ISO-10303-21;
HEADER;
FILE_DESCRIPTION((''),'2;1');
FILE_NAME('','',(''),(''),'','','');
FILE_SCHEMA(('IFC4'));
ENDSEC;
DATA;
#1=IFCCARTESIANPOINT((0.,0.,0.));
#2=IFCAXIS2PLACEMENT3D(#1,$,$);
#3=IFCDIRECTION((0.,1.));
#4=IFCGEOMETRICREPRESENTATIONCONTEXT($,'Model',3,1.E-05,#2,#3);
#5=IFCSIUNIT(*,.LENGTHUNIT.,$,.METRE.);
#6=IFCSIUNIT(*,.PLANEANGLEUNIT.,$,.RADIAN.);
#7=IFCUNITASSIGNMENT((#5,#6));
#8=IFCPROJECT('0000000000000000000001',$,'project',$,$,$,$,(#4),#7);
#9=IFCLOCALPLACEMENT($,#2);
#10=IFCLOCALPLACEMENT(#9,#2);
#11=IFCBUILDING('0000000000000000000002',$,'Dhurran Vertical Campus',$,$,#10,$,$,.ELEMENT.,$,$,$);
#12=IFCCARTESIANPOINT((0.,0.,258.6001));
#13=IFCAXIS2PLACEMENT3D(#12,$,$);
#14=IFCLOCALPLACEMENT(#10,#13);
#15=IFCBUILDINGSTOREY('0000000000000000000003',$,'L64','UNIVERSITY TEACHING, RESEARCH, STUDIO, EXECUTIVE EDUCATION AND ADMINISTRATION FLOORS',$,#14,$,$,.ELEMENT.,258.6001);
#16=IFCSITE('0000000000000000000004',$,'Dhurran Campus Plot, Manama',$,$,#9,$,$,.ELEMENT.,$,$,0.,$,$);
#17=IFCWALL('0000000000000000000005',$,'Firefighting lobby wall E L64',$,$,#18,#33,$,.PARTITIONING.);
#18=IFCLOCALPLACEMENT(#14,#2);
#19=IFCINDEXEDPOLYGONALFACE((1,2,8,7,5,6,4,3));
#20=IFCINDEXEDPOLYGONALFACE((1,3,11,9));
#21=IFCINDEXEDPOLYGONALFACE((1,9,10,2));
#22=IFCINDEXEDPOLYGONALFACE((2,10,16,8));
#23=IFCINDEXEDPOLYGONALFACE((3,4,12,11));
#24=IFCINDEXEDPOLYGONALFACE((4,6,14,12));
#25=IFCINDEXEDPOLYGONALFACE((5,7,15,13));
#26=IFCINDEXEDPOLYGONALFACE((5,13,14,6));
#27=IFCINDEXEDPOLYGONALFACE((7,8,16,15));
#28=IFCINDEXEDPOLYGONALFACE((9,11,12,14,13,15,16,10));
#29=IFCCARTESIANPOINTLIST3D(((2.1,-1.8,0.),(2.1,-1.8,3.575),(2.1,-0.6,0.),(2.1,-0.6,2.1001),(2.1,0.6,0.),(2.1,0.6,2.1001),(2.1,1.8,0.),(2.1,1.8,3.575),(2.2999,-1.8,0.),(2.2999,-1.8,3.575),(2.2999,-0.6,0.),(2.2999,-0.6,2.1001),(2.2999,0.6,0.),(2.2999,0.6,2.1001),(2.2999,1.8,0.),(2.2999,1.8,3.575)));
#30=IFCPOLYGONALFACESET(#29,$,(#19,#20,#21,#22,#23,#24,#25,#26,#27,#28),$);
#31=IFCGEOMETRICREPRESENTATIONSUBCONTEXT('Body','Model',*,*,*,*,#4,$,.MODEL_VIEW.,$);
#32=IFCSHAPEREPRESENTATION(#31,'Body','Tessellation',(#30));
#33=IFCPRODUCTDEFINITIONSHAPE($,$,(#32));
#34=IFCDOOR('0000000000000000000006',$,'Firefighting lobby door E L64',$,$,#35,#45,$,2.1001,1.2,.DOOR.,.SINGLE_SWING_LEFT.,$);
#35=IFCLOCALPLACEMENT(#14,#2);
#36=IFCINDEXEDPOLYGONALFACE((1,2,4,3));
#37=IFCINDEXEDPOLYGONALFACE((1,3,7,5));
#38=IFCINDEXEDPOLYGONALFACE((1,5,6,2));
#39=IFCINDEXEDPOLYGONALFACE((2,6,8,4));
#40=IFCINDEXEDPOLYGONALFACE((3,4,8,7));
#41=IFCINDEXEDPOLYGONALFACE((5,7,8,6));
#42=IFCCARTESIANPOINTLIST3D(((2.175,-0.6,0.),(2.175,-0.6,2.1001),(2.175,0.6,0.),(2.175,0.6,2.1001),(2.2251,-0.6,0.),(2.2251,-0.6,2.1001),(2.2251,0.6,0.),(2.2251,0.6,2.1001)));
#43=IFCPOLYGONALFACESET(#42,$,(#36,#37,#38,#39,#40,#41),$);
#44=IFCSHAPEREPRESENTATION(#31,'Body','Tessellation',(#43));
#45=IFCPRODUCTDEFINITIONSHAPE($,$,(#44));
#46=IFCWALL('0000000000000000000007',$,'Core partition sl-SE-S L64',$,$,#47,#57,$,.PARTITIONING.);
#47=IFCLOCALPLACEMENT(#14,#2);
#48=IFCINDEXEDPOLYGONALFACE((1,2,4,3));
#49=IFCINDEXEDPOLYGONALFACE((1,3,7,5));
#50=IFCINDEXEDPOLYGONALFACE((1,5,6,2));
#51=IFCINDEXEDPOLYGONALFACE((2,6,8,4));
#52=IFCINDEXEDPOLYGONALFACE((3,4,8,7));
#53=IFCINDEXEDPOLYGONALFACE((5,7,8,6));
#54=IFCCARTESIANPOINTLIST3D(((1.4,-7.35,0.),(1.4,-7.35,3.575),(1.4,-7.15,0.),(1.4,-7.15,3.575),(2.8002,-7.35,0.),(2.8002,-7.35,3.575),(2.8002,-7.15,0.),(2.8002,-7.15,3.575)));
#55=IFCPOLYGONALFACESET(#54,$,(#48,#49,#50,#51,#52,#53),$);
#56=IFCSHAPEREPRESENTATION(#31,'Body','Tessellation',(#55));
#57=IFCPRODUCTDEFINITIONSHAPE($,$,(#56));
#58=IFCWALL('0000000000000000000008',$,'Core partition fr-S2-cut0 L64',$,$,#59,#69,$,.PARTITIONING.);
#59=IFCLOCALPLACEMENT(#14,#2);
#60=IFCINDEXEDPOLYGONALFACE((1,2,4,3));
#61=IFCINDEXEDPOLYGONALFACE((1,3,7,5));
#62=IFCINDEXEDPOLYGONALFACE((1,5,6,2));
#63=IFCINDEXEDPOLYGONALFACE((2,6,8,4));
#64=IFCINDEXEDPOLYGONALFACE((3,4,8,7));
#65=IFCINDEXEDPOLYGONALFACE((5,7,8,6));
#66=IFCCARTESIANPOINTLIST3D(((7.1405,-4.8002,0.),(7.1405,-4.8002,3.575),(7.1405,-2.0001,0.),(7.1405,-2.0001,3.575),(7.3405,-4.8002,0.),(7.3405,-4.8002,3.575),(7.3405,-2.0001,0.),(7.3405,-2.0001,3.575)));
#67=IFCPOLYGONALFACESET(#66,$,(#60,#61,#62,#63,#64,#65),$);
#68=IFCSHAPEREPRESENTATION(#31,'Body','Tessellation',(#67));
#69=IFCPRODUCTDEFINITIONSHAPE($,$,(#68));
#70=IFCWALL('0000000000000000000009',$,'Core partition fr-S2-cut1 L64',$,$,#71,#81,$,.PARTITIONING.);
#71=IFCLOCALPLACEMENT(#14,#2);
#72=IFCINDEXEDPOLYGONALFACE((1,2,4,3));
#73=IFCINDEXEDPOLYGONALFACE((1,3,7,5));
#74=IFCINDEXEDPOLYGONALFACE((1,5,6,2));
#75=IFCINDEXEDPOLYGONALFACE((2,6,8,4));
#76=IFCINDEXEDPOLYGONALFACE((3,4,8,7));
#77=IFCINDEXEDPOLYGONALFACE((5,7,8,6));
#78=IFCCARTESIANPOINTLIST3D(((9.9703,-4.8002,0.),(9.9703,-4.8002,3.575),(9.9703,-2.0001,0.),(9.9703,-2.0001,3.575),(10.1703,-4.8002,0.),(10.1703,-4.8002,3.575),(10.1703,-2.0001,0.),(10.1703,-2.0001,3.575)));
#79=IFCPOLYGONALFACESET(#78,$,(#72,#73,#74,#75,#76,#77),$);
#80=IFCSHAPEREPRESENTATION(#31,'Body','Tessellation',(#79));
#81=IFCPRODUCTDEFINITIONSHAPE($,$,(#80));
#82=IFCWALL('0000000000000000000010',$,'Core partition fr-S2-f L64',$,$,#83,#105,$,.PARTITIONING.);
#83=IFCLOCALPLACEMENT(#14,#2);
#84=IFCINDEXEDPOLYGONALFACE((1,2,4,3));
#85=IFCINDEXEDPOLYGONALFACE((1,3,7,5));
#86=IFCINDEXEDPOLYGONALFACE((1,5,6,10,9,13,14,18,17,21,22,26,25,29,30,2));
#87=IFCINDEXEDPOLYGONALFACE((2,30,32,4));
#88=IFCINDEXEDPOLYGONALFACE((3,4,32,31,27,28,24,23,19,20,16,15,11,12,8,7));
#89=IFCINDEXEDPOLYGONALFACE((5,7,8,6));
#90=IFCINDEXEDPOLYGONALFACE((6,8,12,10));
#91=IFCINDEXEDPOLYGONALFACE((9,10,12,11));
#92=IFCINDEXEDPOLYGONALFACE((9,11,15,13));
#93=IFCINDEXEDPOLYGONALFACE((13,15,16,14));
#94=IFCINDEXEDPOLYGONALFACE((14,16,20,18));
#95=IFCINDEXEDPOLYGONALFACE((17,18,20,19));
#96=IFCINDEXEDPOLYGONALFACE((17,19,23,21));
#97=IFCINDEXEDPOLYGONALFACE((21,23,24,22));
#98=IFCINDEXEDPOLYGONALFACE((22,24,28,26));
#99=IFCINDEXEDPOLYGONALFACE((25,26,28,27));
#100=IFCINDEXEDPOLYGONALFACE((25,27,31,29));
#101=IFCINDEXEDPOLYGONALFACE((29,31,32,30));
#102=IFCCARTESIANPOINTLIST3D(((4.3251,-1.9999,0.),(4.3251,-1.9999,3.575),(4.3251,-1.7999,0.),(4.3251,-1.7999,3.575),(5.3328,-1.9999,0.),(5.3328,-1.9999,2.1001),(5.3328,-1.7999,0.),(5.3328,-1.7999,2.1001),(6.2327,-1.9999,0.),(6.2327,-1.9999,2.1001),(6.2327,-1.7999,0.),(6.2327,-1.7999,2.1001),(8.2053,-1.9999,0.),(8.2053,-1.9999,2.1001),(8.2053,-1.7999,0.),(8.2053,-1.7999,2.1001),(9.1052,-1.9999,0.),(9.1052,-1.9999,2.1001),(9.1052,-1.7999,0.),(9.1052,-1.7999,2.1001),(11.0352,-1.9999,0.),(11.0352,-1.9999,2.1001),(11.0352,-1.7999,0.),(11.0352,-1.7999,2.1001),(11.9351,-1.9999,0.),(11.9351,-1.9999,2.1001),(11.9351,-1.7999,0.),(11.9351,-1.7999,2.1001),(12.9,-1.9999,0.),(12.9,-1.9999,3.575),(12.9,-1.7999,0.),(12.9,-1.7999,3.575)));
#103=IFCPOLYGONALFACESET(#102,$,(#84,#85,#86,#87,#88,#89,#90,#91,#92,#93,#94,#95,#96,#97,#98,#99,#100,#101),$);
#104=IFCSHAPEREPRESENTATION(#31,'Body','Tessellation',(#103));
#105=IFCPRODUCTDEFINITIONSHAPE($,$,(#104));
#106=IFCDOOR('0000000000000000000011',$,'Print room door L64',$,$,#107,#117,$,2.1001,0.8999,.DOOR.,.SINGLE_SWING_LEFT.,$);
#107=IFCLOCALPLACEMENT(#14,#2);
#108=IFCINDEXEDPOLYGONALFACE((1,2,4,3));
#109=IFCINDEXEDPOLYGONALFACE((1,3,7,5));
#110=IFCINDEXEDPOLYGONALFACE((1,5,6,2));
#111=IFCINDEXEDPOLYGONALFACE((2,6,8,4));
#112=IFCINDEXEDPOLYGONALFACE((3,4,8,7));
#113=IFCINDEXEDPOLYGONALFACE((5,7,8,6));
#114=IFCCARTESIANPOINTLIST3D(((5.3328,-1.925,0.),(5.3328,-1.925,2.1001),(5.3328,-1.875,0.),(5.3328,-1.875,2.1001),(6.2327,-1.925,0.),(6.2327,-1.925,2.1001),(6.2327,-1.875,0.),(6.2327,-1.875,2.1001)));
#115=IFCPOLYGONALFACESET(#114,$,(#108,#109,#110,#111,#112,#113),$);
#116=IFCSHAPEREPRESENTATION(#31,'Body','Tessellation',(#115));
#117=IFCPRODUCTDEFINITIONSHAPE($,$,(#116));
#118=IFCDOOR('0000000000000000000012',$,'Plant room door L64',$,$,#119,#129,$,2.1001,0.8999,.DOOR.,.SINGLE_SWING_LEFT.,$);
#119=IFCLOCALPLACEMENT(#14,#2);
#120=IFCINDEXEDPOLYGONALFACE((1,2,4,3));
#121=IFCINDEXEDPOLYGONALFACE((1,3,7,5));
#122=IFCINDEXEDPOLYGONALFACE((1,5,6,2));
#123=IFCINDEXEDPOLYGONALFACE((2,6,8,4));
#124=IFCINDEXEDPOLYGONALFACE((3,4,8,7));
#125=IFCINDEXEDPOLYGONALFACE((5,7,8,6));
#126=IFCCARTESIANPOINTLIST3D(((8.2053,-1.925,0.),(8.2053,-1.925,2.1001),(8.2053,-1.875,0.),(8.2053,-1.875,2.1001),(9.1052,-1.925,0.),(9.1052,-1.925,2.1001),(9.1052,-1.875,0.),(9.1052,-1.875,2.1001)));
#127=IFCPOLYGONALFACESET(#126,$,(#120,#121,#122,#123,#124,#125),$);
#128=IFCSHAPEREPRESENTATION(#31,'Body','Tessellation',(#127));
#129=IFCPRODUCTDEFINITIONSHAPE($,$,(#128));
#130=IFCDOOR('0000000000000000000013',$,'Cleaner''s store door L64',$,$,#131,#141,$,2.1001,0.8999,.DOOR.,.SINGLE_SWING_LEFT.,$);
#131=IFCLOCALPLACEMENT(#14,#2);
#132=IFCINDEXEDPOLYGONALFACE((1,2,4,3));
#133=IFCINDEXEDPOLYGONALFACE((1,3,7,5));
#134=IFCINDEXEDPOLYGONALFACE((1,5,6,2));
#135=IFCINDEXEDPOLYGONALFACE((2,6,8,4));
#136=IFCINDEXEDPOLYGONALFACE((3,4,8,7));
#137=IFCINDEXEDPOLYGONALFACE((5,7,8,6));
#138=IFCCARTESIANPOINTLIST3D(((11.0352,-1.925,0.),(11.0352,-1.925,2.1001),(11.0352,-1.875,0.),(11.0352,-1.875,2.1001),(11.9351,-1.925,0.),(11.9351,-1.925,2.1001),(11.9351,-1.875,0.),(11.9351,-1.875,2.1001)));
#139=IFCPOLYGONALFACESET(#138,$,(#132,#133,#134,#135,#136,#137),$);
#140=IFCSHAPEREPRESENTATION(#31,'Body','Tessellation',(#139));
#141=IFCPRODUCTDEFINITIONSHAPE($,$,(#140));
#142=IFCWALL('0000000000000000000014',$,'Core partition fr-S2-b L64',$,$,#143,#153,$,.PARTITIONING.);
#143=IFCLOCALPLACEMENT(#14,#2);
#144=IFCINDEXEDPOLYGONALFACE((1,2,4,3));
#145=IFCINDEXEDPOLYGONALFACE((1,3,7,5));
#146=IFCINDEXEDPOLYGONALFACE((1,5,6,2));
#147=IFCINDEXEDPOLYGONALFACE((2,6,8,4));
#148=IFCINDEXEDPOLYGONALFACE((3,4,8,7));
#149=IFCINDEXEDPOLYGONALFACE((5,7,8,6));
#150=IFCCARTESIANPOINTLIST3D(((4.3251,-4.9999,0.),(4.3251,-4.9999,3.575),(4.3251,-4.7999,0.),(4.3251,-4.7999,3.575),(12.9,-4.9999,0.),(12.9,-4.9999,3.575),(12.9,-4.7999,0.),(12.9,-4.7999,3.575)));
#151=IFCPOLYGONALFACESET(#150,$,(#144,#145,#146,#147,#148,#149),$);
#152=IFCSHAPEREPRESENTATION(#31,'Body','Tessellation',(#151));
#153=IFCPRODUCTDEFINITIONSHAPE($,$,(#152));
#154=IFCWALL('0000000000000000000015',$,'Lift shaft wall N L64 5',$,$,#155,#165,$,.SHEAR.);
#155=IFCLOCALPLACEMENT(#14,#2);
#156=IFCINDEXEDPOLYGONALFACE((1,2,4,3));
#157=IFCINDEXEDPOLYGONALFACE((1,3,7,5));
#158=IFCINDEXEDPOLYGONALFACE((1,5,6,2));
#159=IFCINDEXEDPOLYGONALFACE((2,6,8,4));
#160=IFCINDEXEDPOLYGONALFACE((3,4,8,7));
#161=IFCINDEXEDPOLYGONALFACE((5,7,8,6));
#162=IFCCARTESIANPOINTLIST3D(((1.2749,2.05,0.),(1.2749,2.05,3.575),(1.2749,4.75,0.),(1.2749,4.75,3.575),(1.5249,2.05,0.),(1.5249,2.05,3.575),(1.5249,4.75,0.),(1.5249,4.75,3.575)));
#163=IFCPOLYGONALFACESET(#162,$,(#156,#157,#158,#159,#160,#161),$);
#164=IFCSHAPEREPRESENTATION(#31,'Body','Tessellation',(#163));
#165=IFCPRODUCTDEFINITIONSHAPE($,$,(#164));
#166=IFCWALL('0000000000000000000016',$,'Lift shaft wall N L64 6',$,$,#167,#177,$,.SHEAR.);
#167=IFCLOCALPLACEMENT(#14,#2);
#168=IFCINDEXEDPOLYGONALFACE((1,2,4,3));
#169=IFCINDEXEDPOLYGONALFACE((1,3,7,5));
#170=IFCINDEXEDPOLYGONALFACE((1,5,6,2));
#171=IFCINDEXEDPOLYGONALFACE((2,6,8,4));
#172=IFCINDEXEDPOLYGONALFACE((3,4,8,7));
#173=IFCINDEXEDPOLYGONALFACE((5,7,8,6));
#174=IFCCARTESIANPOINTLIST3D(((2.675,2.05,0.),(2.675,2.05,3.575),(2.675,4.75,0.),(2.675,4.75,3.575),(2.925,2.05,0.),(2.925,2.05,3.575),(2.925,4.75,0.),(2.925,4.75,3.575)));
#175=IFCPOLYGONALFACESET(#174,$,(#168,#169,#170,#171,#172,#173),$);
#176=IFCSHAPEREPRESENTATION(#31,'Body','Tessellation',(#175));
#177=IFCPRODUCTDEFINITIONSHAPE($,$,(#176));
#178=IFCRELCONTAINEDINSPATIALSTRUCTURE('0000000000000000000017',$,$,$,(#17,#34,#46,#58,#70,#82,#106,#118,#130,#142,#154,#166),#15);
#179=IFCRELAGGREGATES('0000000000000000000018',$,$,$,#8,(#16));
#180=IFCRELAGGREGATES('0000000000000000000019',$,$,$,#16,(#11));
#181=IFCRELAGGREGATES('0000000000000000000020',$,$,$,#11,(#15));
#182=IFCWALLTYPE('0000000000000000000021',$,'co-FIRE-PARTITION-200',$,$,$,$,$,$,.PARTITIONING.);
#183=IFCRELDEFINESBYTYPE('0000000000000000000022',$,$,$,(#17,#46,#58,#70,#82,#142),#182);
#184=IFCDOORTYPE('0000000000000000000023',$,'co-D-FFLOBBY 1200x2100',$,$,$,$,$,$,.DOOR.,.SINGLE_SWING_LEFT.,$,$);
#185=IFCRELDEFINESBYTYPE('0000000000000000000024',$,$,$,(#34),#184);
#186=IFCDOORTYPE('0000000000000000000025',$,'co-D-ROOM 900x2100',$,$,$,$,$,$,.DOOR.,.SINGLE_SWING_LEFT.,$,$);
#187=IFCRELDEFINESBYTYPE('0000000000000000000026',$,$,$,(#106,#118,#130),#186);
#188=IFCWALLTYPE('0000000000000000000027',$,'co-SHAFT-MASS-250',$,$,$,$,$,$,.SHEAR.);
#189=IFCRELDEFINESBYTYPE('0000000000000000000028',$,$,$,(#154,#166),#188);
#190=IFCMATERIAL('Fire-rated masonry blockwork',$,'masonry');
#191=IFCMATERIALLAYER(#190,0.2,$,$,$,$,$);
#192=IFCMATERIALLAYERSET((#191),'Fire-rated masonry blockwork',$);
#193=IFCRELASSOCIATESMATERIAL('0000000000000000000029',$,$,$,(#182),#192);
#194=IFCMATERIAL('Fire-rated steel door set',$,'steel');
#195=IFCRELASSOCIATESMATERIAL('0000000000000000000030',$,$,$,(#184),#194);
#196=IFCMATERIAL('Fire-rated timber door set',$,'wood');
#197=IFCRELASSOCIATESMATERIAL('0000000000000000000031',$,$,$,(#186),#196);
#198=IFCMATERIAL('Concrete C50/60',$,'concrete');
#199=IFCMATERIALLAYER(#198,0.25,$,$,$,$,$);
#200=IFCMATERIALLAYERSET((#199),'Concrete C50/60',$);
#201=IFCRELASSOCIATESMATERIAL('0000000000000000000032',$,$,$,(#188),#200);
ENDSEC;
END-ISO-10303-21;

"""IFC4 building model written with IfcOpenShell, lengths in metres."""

from ifc_helpers import new_model, si_unit, direction, frame, frame_2d, origin, place, context, subcontext, project, spatial, polyline, rectangle, outline, extrude, material, layer, layer_set, type_object, element, fill, save


model = new_model("IFC4")

# Units and contexts
model_context = context("Model", 3, precision=1e-05, world=origin(), true_north=direction((0.0, 1.0)))
body_context = subcontext(model_context, "Body", "Model", "MODEL_VIEW")
ifc_project = project(units=[si_unit("LENGTHUNIT", "METRE"), si_unit("PLANEANGLEUNIT", "RADIAN")], contexts=[model_context])

# Site, building, storey
site_placement = place(None, origin())
site = spatial("IfcSite", under=ifc_project, at=site_placement, Name="Dhurran Campus Plot, Manama", CompositionType="ELEMENT", RefElevation=0.0)
building_placement = place(site_placement, origin())
building = spatial("IfcBuilding", under=site, at=building_placement, Name="Dhurran Vertical Campus", CompositionType="ELEMENT")
storey_placement = place(building_placement, frame((0.0, 0.0, 258.6001)))
storey = spatial("IfcBuildingStorey", under=building, at=storey_placement, Name="L64", Description="UNIVERSITY TEACHING, RESEARCH, STUDIO, EXECUTIVE EDUCATION AND ADMINISTRATION FLOORS", CompositionType="ELEMENT", Elevation=258.6001)

# Wall, opening, door
ifc_material_1 = material(Name="Fire-rated masonry blockwork", Category="masonry")
ifc_layer_1 = layer(ifc_material_1, 0.2)
ifc_layer_set_1 = layer_set([ifc_layer_1], Name="Fire-rated masonry blockwork")
wall_type_1 = type_object("IfcWallType", Name="co-FIRE-PARTITION-200", PredefinedType="PARTITIONING", material=ifc_layer_set_1)
wall_1_placement = place(storey_placement, frame((2.2, -1.8, 0.0), z_axis=(0.0, 0.0, 1.0), x_axis=(0.0, 1.0, 0.0)))
wall_1 = element("IfcWall", 1, at=wall_1_placement, inside=storey, type_object=wall_type_1, Name="Firefighting lobby wall E L64", PredefinedType="PARTITIONING", context=body_context, shape_type="SweptSolid", body=[
    extrude(rectangle(XDim=3.6001, YDim=0.2, at=frame_2d((1.8, 0.0))), origin(), (0.0, 0.0, 1.0), 3.575),
])
opening_1_placement = place(wall_1_placement, frame((1.2, 0.0, 0.0)))
opening_1 = element("IfcOpeningElement", 2, at=opening_1_placement, cuts=wall_1, PredefinedType="OPENING", context=body_context, shape_type="SweptSolid", body=[
    extrude(rectangle(XDim=1.2, YDim=2.1001, at=frame_2d((0.6001, 1.05))), frame((0.0, 0.1099, 0.0), z_axis=(0.0, -1.0, 0.0), x_axis=(1.0, 0.0, 0.0)), (0.0, 0.0, 1.0), 0.22),
])
ifc_material_2 = material(Name="Fire-rated steel door set", Category="steel")
door_type_1 = type_object("IfcDoorType", Name="co-D-FFLOBBY 1200x2100", OperationType="SINGLE_SWING_LEFT", PredefinedType="DOOR", material=ifc_material_2)
door_1_placement = place(opening_1_placement, origin())
door_1 = element("IfcDoor", 3, at=door_1_placement, inside=storey, type_object=door_type_1, Name="Firefighting lobby door E L64", OperationType="SINGLE_SWING_LEFT", OverallHeight=2.1001, OverallWidth=1.2, PredefinedType="DOOR", context=body_context, shape_type="SweptSolid", body=[
    extrude(rectangle(XDim=1.2, YDim=2.1001, at=frame_2d((0.6001, 1.05))), frame((0.0, 0.0249, 0.0), z_axis=(0.0, -1.0, 0.0), x_axis=(1.0, 0.0, 0.0)), (0.0, 0.0, 1.0), 0.05),
])
fill(opening_1, door_1)

# Walls
wall_2_placement = place(storey_placement, frame((1.3999, -7.25, 0.0), z_axis=(0.0, 0.0, 1.0), x_axis=(1.0, 0.0, 0.0)))
element("IfcWall", 4, at=wall_2_placement, inside=storey, type_object=wall_type_1, Name="Core partition sl-SE-S L64", PredefinedType="PARTITIONING", context=body_context, shape_type="SweptSolid", body=[
    extrude(rectangle(XDim=1.4001, YDim=0.2, at=frame_2d((0.7002, 0.0))), origin(), (0.0, 0.0, 1.0), 3.575),
])
for number, where, z_axis, x_axis, name in (
    (5, (7.2405, -4.8, 0.0), (0.0, 0.0, 1.0), (0.0, 1.0, 0.0), "Core partition fr-S2-cut0 L64"),
    (6, (10.0703, -4.8, 0.0), (0.0, 0.0, 1.0), (0.0, 1.0, 0.0), "Core partition fr-S2-cut1 L64"),
):
    element("IfcWall", number, at=place(storey_placement, frame(where, z_axis=z_axis, x_axis=x_axis)), inside=storey, type_object=wall_type_1, Name=name, PredefinedType="PARTITIONING", context=body_context, shape_type="SweptSolid", body=[
        extrude(rectangle(XDim=2.8, YDim=0.2, at=frame_2d((1.3999, 0.0))), origin(), (0.0, 0.0, 1.0), 3.575),
    ])

# Wall, openings, doors
wall_3_placement = place(storey_placement, frame((4.325, -1.8999, 0.0), z_axis=(0.0, 0.0, 1.0), x_axis=(1.0, 0.0, 0.0)))
wall_3 = element("IfcWall", 7, at=wall_3_placement, inside=storey, type_object=wall_type_1, Name="Core partition fr-S2-f L64", PredefinedType="PARTITIONING", context=body_context, shape_type="SweptSolid", body=[
    extrude(rectangle(XDim=8.575, YDim=0.2, at=frame_2d((4.2876, 0.0))), origin(), (0.0, 0.0, 1.0), 3.575),
])
opening_2_placement = place(wall_3_placement, frame((1.0078, 0.0, 0.0)))
opening_2 = element("IfcOpeningElement", 8, at=opening_2_placement, cuts=wall_3, PredefinedType="OPENING", context=body_context, shape_type="SweptSolid", body=[
    extrude(rectangle(XDim=0.8999, YDim=2.1001, at=frame_2d((0.45, 1.05))), frame((0.0, 0.1099, 0.0), z_axis=(0.0, -1.0, 0.0), x_axis=(1.0, 0.0, 0.0)), (0.0, 0.0, 1.0), 0.22),
])
opening_3_placement = place(wall_3_placement, frame((3.8804, 0.0, 0.0)))
opening_3 = element("IfcOpeningElement", 9, at=opening_3_placement, cuts=wall_3, PredefinedType="OPENING", context=body_context, shape_type="SweptSolid", body=[
    extrude(rectangle(XDim=0.8999, YDim=2.1001, at=frame_2d((0.45, 1.05))), frame((0.0, 0.1099, 0.0), z_axis=(0.0, -1.0, 0.0), x_axis=(1.0, 0.0, 0.0)), (0.0, 0.0, 1.0), 0.22),
])
opening_4_placement = place(wall_3_placement, frame((6.7102, 0.0, 0.0)))
opening_4 = element("IfcOpeningElement", 10, at=opening_4_placement, cuts=wall_3, PredefinedType="OPENING", context=body_context, shape_type="SweptSolid", body=[
    extrude(rectangle(XDim=0.8999, YDim=2.1001, at=frame_2d((0.45, 1.05))), frame((0.0, 0.1099, 0.0), z_axis=(0.0, -1.0, 0.0), x_axis=(1.0, 0.0, 0.0)), (0.0, 0.0, 1.0), 0.22),
])
ifc_material_3 = material(Name="Fire-rated timber door set", Category="wood")
door_type_2 = type_object("IfcDoorType", Name="co-D-ROOM 900x2100", OperationType="SINGLE_SWING_LEFT", PredefinedType="DOOR", material=ifc_material_3)
door_2_placement = place(opening_2_placement, origin())
door_2 = element("IfcDoor", 11, at=door_2_placement, inside=storey, type_object=door_type_2, Name="Print room door L64", OperationType="SINGLE_SWING_LEFT", OverallHeight=2.1001, OverallWidth=0.8999, PredefinedType="DOOR", context=body_context, shape_type="SweptSolid", body=[
    extrude(rectangle(XDim=0.8999, YDim=2.1001, at=frame_2d((0.45, 1.05))), frame((0.0, 0.0249, 0.0), z_axis=(0.0, -1.0, 0.0), x_axis=(1.0, 0.0, 0.0)), (0.0, 0.0, 1.0), 0.05),
])
fill(opening_2, door_2)
door_3_placement = place(opening_3_placement, origin())
door_3 = element("IfcDoor", 12, at=door_3_placement, inside=storey, type_object=door_type_2, Name="Plant room door L64", OperationType="SINGLE_SWING_LEFT", OverallHeight=2.1001, OverallWidth=0.8999, PredefinedType="DOOR", context=body_context, shape_type="SweptSolid", body=[
    extrude(rectangle(XDim=0.8999, YDim=2.1001, at=frame_2d((0.45, 1.05))), frame((0.0, 0.0249, 0.0), z_axis=(0.0, -1.0, 0.0), x_axis=(1.0, 0.0, 0.0)), (0.0, 0.0, 1.0), 0.05),
])
fill(opening_3, door_3)
door_4_placement = place(opening_4_placement, origin())
door_4 = element("IfcDoor", 13, at=door_4_placement, inside=storey, type_object=door_type_2, Name="Cleaner's store door L64", OperationType="SINGLE_SWING_LEFT", OverallHeight=2.1001, OverallWidth=0.8999, PredefinedType="DOOR", context=body_context, shape_type="SweptSolid", body=[
    extrude(rectangle(XDim=0.8999, YDim=2.1001, at=frame_2d((0.45, 1.05))), frame((0.0, 0.0249, 0.0), z_axis=(0.0, -1.0, 0.0), x_axis=(1.0, 0.0, 0.0)), (0.0, 0.0, 1.0), 0.05),
])
fill(opening_4, door_4)

# Walls
wall_4_placement = place(storey_placement, frame((4.325, -4.8999, 0.0), z_axis=(0.0, 0.0, 1.0), x_axis=(1.0, 0.0, 0.0)))
element("IfcWall", 14, at=wall_4_placement, inside=storey, type_object=wall_type_1, Name="Core partition fr-S2-b L64", PredefinedType="PARTITIONING", context=body_context, shape_type="SweptSolid", body=[
    extrude(rectangle(XDim=8.575, YDim=0.2, at=frame_2d((4.2876, 0.0))), origin(), (0.0, 0.0, 1.0), 3.575),
])
ifc_material_4 = material(Name="Concrete C50/60", Category="concrete")
ifc_layer_2 = layer(ifc_material_4, 0.25)
ifc_layer_set_2 = layer_set([ifc_layer_2], Name="Concrete C50/60")
wall_type_2 = type_object("IfcWallType", Name="co-SHAFT-MASS-250", PredefinedType="SHEAR", material=ifc_layer_set_2)
wall_5_placement = place(storey_placement, origin())
element("IfcWall", 15, at=wall_5_placement, inside=storey, type_object=wall_type_2, Name="Lift shaft wall N L64 5", PredefinedType="SHEAR", context=body_context, shape_type="SweptSolid", body=[
    extrude(outline(polyline([(1.2749, 2.05), (1.5249, 2.05), (1.5249, 4.75), (1.2749, 4.75), (1.2749, 2.05)])), origin(), (0.0, 0.0, 1.0), 3.575),
])
wall_6_placement = place(storey_placement, origin())
element("IfcWall", 16, at=wall_6_placement, inside=storey, type_object=wall_type_2, Name="Lift shaft wall N L64 6", PredefinedType="SHEAR", context=body_context, shape_type="SweptSolid", body=[
    extrude(outline(polyline([(2.675, 2.05), (2.925, 2.05), (2.925, 4.75), (2.675, 4.75), (2.675, 2.05)])), origin(), (0.0, 0.0, 1.0), 3.575),
])

save(model, "model.ifc")
